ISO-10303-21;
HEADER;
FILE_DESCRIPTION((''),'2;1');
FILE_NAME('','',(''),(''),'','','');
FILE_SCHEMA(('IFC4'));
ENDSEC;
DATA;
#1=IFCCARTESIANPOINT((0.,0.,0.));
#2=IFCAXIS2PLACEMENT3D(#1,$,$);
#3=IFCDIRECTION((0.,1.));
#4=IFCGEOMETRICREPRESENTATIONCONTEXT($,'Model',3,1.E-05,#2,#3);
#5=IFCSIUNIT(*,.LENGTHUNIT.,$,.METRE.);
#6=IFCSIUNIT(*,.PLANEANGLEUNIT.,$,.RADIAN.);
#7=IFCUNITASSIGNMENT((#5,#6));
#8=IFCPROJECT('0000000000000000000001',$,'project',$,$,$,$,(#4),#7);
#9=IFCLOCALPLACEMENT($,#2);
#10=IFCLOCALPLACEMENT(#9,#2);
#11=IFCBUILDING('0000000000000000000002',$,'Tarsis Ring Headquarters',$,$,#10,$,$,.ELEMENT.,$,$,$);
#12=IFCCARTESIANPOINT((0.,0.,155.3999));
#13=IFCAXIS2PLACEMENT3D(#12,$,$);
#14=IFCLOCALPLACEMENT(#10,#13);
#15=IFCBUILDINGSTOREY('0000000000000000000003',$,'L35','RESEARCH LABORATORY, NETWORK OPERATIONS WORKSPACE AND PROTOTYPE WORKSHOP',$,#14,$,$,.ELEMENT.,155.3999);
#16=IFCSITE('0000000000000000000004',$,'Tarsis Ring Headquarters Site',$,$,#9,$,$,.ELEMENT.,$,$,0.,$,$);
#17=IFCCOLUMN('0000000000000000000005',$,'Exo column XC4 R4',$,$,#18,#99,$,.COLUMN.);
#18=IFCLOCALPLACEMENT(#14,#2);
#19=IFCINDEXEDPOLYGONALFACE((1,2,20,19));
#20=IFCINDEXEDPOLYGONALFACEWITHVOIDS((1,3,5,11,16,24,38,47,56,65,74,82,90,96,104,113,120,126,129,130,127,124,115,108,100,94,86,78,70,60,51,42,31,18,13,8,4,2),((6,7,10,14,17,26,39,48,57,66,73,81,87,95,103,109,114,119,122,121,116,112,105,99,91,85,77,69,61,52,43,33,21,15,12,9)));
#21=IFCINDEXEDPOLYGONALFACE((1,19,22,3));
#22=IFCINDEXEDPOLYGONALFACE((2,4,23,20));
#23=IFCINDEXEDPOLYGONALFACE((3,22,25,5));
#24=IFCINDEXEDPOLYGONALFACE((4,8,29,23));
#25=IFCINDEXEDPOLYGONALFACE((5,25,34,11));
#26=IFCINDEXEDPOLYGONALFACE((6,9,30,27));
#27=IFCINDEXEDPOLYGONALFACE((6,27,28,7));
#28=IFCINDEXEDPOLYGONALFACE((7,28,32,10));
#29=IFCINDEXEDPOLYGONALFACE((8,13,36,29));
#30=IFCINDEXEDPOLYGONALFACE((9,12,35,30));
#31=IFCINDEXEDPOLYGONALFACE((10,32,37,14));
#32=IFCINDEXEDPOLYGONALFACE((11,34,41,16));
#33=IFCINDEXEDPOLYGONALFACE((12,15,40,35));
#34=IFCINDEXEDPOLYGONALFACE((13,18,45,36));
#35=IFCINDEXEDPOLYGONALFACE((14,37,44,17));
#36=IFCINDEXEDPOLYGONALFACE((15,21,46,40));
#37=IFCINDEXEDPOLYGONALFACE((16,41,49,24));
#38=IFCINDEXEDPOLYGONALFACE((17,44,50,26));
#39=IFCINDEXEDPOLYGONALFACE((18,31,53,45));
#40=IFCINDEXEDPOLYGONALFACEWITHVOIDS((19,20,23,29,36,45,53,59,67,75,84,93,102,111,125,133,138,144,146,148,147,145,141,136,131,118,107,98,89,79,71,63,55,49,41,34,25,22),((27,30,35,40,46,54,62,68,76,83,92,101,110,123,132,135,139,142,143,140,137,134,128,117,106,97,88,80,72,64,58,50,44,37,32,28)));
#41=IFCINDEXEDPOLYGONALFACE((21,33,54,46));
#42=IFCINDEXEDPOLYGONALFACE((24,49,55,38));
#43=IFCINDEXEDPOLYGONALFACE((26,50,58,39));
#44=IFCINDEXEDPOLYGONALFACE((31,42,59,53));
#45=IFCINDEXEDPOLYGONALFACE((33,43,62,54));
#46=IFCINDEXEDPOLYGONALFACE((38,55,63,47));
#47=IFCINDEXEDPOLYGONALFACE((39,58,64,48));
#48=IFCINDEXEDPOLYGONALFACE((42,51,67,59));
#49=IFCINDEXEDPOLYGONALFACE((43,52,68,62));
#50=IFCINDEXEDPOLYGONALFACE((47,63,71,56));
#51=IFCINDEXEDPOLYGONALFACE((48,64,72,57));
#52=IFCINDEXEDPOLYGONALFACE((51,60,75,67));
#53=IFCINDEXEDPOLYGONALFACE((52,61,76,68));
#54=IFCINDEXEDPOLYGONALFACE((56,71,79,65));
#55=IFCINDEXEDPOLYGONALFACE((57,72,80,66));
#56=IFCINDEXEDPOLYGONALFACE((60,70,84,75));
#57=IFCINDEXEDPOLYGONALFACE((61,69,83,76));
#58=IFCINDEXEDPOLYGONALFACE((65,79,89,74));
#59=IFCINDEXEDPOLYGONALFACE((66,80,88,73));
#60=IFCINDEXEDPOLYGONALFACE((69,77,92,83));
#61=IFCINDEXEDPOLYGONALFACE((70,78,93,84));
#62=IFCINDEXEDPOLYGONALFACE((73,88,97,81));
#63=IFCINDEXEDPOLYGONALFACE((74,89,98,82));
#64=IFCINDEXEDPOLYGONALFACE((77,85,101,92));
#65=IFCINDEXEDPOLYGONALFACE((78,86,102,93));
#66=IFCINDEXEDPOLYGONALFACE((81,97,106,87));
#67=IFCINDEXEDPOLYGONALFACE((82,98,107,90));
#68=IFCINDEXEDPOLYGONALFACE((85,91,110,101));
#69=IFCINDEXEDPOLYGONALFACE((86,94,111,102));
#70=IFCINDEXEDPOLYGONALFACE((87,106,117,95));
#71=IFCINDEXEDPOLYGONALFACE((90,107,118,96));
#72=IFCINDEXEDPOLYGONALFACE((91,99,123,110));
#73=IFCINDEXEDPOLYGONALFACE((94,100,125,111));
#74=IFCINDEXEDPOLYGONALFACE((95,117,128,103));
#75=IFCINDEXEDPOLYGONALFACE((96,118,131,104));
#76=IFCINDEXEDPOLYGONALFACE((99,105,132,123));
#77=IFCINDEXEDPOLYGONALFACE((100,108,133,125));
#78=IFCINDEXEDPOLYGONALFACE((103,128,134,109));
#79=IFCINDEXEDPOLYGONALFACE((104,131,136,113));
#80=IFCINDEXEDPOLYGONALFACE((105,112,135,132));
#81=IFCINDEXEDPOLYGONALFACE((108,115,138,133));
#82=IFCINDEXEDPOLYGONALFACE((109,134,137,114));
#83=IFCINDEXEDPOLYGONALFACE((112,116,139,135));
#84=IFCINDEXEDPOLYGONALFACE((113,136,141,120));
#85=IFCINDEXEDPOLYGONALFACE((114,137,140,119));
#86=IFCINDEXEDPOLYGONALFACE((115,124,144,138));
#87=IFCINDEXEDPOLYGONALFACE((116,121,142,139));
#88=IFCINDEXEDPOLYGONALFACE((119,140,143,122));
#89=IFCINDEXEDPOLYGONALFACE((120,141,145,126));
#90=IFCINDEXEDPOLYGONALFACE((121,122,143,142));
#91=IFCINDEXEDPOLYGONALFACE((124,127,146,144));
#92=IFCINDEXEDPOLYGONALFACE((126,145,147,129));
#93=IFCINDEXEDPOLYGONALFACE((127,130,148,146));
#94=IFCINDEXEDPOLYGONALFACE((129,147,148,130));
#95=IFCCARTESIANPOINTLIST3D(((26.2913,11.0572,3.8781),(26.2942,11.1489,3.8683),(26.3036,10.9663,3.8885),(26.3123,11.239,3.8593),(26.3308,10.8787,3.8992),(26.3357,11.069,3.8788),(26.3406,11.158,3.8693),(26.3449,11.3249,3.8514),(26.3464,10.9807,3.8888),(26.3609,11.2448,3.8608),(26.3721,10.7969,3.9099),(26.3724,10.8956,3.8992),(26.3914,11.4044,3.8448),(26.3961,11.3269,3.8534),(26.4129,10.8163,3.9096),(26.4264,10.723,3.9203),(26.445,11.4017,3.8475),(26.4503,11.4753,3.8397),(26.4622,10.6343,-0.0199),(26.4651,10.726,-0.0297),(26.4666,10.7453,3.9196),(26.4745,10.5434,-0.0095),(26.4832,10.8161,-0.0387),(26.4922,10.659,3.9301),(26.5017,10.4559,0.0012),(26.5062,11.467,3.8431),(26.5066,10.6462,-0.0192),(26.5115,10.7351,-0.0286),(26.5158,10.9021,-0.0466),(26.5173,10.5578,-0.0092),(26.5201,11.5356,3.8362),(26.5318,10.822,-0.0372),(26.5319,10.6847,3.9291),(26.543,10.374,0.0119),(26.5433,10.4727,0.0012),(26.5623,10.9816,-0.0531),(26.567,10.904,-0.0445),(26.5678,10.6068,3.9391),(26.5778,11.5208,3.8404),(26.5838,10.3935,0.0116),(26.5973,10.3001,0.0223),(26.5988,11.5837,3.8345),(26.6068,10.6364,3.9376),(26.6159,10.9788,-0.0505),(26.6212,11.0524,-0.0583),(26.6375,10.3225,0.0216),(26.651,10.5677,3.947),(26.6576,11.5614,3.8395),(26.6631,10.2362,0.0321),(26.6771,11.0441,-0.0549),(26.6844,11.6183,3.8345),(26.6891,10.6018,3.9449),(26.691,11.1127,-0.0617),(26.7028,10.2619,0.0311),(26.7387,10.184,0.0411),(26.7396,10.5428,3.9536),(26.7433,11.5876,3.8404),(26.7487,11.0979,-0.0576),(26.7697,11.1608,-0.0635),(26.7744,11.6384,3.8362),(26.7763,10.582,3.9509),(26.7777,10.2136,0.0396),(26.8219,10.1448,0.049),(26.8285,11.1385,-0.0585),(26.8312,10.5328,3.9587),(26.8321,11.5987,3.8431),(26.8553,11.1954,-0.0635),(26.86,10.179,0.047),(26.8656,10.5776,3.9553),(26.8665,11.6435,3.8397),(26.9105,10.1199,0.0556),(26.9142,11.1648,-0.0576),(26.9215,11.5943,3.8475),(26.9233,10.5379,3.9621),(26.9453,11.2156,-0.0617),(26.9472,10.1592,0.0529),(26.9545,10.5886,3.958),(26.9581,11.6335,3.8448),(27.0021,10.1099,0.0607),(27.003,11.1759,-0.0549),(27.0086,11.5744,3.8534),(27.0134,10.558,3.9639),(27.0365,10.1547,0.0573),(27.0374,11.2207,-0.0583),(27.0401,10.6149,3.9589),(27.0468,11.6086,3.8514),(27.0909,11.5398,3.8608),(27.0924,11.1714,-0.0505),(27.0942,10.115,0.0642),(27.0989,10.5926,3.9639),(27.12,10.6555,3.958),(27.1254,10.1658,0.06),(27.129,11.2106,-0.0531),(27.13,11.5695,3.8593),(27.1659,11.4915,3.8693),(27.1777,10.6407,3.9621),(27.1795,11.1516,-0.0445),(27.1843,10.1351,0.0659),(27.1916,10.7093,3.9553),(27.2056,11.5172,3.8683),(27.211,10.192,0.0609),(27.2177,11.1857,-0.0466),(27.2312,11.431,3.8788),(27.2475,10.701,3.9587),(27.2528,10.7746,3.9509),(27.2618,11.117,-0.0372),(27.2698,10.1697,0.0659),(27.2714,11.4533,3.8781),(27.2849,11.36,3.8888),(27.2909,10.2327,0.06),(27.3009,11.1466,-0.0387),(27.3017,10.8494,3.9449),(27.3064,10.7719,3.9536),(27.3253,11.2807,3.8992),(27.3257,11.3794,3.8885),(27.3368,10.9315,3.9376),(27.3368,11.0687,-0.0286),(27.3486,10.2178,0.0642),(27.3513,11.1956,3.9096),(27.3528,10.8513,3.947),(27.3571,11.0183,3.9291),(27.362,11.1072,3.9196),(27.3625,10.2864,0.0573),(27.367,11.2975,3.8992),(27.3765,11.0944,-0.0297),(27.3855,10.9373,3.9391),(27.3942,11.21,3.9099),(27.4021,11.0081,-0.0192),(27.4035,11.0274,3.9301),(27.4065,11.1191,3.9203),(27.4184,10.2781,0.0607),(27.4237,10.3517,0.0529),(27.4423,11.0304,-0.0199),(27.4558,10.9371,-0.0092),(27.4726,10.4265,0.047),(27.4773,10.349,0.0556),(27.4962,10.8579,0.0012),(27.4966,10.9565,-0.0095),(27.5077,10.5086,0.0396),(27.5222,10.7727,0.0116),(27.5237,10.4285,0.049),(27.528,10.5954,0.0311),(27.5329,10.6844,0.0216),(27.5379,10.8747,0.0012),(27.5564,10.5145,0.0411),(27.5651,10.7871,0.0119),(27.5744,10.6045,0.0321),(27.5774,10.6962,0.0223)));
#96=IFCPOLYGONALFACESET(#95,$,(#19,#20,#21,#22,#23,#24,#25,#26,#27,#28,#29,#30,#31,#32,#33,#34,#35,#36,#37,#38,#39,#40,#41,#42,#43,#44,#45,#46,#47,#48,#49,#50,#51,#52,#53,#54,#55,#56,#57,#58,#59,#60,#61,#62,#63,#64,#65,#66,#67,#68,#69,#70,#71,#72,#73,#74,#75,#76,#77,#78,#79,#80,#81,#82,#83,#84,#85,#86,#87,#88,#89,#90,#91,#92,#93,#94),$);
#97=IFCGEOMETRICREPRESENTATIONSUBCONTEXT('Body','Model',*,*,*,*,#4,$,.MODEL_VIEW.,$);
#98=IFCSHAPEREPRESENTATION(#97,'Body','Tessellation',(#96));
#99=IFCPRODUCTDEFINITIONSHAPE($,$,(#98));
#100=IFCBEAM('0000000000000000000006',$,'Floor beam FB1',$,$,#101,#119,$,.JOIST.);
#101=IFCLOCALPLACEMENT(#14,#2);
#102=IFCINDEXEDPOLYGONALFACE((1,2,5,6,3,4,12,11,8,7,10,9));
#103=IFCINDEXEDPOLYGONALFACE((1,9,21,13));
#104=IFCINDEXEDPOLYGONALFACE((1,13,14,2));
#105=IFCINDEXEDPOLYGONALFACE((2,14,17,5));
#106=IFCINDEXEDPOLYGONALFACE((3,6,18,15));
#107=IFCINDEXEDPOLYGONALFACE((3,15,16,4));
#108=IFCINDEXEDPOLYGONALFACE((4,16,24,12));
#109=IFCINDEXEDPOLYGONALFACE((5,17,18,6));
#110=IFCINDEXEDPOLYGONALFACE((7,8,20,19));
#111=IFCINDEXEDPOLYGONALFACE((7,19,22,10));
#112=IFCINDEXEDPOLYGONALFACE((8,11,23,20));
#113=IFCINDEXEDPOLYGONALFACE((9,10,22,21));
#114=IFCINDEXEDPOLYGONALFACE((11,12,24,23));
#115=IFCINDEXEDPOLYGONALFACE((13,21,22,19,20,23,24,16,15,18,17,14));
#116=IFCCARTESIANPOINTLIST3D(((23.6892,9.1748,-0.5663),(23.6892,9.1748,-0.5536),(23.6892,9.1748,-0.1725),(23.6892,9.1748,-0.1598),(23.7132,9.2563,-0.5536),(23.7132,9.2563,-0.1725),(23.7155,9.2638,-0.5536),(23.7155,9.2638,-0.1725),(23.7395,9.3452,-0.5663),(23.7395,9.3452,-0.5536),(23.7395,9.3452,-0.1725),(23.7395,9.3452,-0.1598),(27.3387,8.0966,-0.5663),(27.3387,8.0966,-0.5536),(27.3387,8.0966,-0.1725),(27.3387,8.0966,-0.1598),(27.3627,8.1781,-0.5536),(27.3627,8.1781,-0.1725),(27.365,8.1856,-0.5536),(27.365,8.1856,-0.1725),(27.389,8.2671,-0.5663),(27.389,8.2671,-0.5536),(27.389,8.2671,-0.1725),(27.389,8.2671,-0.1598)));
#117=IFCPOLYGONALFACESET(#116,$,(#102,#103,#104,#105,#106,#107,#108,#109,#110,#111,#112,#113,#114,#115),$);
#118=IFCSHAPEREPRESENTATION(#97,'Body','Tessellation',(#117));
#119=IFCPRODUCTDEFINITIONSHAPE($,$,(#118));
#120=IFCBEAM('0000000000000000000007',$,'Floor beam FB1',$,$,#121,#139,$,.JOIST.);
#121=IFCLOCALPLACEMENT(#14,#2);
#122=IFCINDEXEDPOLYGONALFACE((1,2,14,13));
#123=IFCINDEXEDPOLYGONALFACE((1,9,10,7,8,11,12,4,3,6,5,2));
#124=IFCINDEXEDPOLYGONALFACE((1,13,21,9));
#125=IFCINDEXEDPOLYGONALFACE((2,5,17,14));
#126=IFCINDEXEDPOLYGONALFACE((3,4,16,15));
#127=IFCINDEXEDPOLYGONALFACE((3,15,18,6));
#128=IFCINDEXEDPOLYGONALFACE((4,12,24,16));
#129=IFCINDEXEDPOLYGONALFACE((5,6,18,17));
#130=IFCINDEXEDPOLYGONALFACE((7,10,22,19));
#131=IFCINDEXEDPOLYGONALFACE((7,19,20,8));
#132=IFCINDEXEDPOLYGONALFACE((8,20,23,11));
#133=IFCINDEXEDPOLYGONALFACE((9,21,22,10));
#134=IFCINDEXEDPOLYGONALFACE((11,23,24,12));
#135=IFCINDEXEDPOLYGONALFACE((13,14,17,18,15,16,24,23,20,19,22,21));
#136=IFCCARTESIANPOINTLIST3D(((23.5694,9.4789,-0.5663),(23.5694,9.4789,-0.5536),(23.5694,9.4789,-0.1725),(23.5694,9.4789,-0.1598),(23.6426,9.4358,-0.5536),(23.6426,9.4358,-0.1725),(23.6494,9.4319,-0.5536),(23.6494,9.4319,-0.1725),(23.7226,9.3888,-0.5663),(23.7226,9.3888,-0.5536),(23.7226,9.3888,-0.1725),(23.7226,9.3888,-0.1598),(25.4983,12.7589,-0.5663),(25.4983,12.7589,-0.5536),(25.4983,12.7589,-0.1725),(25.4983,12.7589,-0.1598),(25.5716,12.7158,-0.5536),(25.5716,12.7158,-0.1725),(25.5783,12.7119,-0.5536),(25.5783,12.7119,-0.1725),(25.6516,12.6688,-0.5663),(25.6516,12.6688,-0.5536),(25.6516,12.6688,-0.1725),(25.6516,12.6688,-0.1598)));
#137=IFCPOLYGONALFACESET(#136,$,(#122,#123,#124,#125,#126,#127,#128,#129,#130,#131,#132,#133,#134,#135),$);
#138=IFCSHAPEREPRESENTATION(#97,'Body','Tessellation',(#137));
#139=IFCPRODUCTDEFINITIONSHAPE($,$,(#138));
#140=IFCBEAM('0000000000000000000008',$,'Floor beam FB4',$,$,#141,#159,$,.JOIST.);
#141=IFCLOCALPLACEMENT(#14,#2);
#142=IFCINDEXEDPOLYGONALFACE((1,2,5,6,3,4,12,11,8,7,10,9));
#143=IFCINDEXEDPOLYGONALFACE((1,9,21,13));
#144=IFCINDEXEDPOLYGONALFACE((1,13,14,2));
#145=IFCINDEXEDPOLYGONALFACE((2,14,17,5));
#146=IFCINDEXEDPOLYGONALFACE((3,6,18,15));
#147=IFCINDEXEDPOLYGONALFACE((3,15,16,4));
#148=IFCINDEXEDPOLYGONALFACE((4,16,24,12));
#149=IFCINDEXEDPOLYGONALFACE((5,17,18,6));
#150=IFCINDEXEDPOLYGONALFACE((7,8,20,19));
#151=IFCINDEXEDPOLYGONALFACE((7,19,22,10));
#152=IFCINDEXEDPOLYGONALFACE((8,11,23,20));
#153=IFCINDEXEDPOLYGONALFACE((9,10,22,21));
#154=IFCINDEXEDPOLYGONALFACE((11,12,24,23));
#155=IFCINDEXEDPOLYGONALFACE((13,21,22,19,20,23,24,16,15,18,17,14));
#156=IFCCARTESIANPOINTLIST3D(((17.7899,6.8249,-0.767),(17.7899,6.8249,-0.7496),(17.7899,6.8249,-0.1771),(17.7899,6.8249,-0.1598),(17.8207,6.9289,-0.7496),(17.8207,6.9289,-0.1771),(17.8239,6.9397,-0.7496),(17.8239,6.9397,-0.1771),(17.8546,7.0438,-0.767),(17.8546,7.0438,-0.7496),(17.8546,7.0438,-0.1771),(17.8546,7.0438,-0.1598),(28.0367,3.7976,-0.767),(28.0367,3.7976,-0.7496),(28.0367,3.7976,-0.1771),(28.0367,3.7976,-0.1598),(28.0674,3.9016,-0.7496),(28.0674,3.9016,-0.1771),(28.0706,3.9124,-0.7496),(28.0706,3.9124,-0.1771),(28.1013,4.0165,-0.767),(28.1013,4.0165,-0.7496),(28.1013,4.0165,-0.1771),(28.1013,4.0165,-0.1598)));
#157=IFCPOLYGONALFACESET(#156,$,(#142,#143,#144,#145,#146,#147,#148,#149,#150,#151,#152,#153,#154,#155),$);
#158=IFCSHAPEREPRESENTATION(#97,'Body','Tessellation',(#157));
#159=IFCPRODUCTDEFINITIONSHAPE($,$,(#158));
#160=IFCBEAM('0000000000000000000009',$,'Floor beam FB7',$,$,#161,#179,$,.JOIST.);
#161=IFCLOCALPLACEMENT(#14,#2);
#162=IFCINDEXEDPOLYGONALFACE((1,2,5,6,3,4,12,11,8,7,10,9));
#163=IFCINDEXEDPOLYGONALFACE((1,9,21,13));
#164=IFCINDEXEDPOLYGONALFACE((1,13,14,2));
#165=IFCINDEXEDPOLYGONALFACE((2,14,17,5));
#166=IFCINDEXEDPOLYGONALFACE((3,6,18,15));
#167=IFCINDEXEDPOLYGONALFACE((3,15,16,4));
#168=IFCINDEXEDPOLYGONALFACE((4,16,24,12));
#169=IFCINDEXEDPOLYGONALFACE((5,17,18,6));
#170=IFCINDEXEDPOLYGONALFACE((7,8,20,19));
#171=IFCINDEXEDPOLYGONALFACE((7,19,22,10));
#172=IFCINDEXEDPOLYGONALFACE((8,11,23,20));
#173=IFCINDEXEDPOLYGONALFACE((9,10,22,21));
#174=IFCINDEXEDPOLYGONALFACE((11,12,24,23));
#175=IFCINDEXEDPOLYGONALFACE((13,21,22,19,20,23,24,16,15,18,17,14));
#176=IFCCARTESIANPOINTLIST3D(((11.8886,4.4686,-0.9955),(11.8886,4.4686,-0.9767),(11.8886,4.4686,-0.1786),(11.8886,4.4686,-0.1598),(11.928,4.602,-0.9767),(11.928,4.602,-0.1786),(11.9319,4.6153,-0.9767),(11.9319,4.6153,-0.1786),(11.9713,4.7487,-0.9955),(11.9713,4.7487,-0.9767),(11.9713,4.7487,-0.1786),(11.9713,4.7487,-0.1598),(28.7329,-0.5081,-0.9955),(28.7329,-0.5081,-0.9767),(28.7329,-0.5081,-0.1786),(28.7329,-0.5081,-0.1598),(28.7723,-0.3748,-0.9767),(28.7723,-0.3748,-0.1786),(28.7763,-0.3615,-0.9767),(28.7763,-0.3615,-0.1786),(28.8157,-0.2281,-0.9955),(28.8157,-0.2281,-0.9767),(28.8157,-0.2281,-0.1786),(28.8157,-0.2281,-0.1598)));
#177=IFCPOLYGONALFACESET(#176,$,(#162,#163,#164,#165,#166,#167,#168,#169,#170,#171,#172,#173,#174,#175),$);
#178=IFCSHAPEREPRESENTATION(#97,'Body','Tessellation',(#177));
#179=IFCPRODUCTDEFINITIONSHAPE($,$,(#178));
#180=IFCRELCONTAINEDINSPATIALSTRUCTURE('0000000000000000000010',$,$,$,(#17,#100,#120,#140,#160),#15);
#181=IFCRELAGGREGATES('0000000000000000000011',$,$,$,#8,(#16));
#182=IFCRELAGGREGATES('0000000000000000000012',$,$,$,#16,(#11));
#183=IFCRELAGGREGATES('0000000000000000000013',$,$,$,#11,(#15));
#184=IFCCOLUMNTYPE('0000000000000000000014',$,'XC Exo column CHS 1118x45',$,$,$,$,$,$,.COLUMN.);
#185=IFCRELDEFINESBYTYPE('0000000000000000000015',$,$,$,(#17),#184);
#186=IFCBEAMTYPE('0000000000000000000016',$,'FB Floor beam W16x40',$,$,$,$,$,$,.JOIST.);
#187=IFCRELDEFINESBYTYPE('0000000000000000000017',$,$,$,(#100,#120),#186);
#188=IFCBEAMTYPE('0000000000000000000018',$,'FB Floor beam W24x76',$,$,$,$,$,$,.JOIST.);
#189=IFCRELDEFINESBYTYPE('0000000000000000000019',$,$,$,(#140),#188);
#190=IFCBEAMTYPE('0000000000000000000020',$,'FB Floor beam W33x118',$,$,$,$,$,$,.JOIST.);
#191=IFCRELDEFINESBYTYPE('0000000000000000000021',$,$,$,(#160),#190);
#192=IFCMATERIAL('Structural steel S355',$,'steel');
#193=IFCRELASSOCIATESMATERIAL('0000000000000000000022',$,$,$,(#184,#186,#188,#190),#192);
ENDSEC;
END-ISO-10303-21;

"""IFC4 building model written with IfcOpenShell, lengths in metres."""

from ifc_helpers import new_model, si_unit, direction, frame, origin, origin_2d, place, context, subcontext, project, spatial, hollow_circle, i_section, extrude, material, material_profile, profile_set, type_object, element, save


model = new_model("IFC4")

# Units and contexts
model_context = context("Model", 3, precision=1e-05, world=origin(), true_north=direction((0.0, 1.0)))
body_context = subcontext(model_context, "Body", "Model", "MODEL_VIEW")
ifc_project = project(units=[si_unit("LENGTHUNIT", "METRE"), si_unit("PLANEANGLEUNIT", "RADIAN")], contexts=[model_context])

# Site, building, storey
site_placement = place(None, origin())
site = spatial("IfcSite", under=ifc_project, at=site_placement, Name="Tarsis Ring Headquarters Site", CompositionType="ELEMENT", RefElevation=0.0)
building_placement = place(site_placement, origin())
building = spatial("IfcBuilding", under=site, at=building_placement, Name="Tarsis Ring Headquarters", CompositionType="ELEMENT")
storey_placement = place(building_placement, frame((0.0, 0.0, 155.3999)))
storey = spatial("IfcBuildingStorey", under=building, at=storey_placement, Name="L35", Description="RESEARCH LABORATORY, NETWORK OPERATIONS WORKSPACE AND PROTOTYPE WORKSHOP", CompositionType="ELEMENT", Elevation=155.3999)

# Column
ifc_material_1 = material(Name="Structural steel S355", Category="steel")
ifc_material_profile_1 = material_profile(ifc_material_1, hollow_circle(Radius=0.5588, WallThickness=0.0449, at=origin_2d()), Name="CHS 1118x45")
ifc_profile_set_1 = profile_set([ifc_material_profile_1], Name="Structural steel S355")
column_type = type_object("IfcColumnType", Name="XC Exo column CHS 1118x45", PredefinedType="COLUMN", material=ifc_profile_set_1)
column_placement = place(storey_placement, frame((27.0198, 10.6653, 0.0012), z_axis=(-0.043546, 0.107745, 0.993224), x_axis=(-0.927142, -0.374711, 0.0)))
element("IfcColumn", 1, at=column_placement, inside=storey, type_object=column_type, Name="Exo column XC4 R4", PredefinedType="COLUMN", context=body_context, shape_type="SweptSolid", body=[
    extrude(hollow_circle(Radius=0.5588, WallThickness=0.0449, at=origin_2d()), origin(), (0.0, 0.0, 1.0), 3.9246),
])

# Beams
ifc_material_profile_2 = material_profile(ifc_material_1, i_section(OverallWidth=0.1777, OverallDepth=0.4065, WebThickness=0.0078, FlangeThickness=0.0127, at=origin_2d()), Name="W16x40")
ifc_profile_set_2 = profile_set([ifc_material_profile_2], Name="Structural steel S355")
beam_type_1 = type_object("IfcBeamType", Name="FB Floor beam W16x40", PredefinedType="JOIST", material=ifc_profile_set_2)
beam_1_placement = place(storey_placement, frame((23.7144, 9.26, -0.363), z_axis=(0.959026, -0.283319, 0.0), x_axis=(0.283319, 0.959026, 0.0)))
element("IfcBeam", 2, at=beam_1_placement, inside=storey, type_object=beam_type_1, Name="Floor beam FB1", PredefinedType="JOIST", context=body_context, shape_type="SweptSolid", body=[
    extrude(i_section(OverallWidth=0.1777, OverallDepth=0.4065, WebThickness=0.0078, FlangeThickness=0.0127, at=origin_2d()), origin(), (0.0, 0.0, 1.0), 3.8054),
])
beam_2_placement = place(storey_placement, frame((25.575, 12.7139, -0.363), z_axis=(-0.506928, -0.861989, 0.0), x_axis=(0.861989, -0.506928, 0.0)))
element("IfcBeam", 3, at=beam_2_placement, inside=storey, type_object=beam_type_1, Name="Floor beam FB1", PredefinedType="JOIST", context=body_context, shape_type="SweptSolid", body=[
    extrude(i_section(OverallWidth=0.1777, OverallDepth=0.4065, WebThickness=0.0078, FlangeThickness=0.0127, at=origin_2d()), origin(), (0.0, 0.0, 1.0), 3.8052),
])
ifc_material_profile_3 = material_profile(ifc_material_1, i_section(OverallWidth=0.2283, OverallDepth=0.6072, WebThickness=0.0112, FlangeThickness=0.0173, at=origin_2d()), Name="W24x76")
ifc_profile_set_3 = profile_set([ifc_material_profile_3], Name="Structural steel S355")
beam_type_2 = type_object("IfcBeamType", Name="FB Floor beam W24x76", PredefinedType="JOIST", material=ifc_profile_set_3)
beam_3_placement = place(storey_placement, frame((17.8223, 6.9343, -0.4634), z_axis=(0.959021, -0.283335, 0.0), x_axis=(0.283335, 0.959021, 0.0)))
element("IfcBeam", 4, at=beam_3_placement, inside=storey, type_object=beam_type_2, Name="Floor beam FB4", PredefinedType="JOIST", context=body_context, shape_type="SweptSolid", body=[
    extrude(i_section(OverallWidth=0.2283, OverallDepth=0.6072, WebThickness=0.0112, FlangeThickness=0.0173, at=origin_2d()), origin(), (0.0, 0.0, 1.0), 10.6846),
])
ifc_material_profile_4 = material_profile(ifc_material_1, i_section(OverallWidth=0.292, OverallDepth=0.8357, WebThickness=0.0139, FlangeThickness=0.0188, at=origin_2d()), Name="W33x118")
ifc_profile_set_4 = profile_set([ifc_material_profile_4], Name="Structural steel S355")
beam_type_3 = type_object("IfcBeamType", Name="FB Floor beam W33x118", PredefinedType="JOIST", material=ifc_profile_set_4)
beam_4_placement = place(storey_placement, frame((11.9299, 4.6086, -0.5776), z_axis=(0.959017, -0.283348, 0.0), x_axis=(0.283348, 0.959017, 0.0)))
element("IfcBeam", 5, at=beam_4_placement, inside=storey, type_object=beam_type_3, Name="Floor beam FB7", PredefinedType="JOIST", context=body_context, shape_type="SweptSolid", body=[
    extrude(i_section(OverallWidth=0.292, OverallDepth=0.8357, WebThickness=0.0139, FlangeThickness=0.0188, at=origin_2d()), origin(), (0.0, 0.0, 1.0), 17.5642),
])

save(model, "model.ifc")
